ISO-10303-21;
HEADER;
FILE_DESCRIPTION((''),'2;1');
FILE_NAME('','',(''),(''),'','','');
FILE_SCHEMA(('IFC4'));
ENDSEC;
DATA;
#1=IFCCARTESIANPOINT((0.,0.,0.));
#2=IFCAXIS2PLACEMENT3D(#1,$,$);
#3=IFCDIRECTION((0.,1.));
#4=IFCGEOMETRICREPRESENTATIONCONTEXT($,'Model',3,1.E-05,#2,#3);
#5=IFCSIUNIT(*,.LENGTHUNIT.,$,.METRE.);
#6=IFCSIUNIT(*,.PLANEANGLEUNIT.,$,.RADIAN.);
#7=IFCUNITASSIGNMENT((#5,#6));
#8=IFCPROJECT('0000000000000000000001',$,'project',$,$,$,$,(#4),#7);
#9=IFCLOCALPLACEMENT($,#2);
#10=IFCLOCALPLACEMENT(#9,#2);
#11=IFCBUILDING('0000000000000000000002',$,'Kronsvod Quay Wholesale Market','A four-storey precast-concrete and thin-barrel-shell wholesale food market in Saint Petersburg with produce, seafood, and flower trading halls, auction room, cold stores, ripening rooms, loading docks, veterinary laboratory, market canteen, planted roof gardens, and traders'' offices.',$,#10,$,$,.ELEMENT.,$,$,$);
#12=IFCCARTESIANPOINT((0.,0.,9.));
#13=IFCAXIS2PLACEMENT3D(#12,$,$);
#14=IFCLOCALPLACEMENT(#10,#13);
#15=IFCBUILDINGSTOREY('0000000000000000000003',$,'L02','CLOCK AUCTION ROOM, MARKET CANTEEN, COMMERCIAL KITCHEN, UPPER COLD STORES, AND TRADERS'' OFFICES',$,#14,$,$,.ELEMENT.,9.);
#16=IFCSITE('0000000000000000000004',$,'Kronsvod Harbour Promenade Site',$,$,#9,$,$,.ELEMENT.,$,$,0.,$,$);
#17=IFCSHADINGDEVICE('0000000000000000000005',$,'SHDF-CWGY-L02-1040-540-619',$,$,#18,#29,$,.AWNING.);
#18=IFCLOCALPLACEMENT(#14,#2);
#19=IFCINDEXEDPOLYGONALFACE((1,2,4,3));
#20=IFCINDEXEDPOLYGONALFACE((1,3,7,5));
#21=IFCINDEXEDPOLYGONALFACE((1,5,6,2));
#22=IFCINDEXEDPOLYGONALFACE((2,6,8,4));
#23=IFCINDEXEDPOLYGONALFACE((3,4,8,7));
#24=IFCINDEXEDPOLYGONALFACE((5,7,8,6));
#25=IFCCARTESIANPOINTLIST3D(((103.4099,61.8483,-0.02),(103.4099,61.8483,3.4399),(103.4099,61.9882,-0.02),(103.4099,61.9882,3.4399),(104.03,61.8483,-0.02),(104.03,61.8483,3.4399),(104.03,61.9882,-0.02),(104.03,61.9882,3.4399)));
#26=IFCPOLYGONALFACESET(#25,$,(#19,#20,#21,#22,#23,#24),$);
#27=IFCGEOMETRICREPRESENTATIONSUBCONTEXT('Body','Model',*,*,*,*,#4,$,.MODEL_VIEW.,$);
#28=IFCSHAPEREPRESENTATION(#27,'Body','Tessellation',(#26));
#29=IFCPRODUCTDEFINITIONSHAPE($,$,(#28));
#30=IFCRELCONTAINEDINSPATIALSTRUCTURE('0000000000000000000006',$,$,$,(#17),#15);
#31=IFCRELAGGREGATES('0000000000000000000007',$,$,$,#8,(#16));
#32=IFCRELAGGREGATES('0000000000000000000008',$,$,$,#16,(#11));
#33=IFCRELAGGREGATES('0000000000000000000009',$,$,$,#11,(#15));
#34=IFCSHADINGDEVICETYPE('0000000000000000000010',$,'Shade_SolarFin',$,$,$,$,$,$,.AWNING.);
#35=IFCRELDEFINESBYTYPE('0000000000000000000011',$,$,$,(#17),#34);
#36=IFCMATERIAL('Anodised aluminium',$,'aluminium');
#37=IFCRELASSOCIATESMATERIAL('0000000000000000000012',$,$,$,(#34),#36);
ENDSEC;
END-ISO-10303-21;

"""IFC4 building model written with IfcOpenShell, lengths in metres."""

from ifc_helpers import new_model, si_unit, direction, frame, origin, origin_2d, place, context, subcontext, project, spatial, rectangle, extrude, material, type_object, element, save


model = new_model("IFC4")

# Units and contexts
model_context = context("Model", 3, precision=1e-05, world=origin(), true_north=direction((0.0, 1.0)))
body_context = subcontext(model_context, "Body", "Model", "MODEL_VIEW")
ifc_project = project(units=[si_unit("LENGTHUNIT", "METRE"), si_unit("PLANEANGLEUNIT", "RADIAN")], contexts=[model_context])

# Site, building, storey
site_placement = place(None, origin())
site = spatial("IfcSite", under=ifc_project, at=site_placement, Name="Kronsvod Harbour Promenade Site", CompositionType="ELEMENT", RefElevation=0.0)
building_placement = place(site_placement, origin())
building = spatial("IfcBuilding", under=site, at=building_placement, Name="Kronsvod Quay Wholesale Market", Description="A four-storey precast-concrete and thin-barrel-shell wholesale food market in Saint Petersburg with produce, seafood, and flower trading halls, auction room, cold stores, ripening rooms, loading docks, veterinary laboratory, market canteen, planted roof gardens, and traders' offices.", CompositionType="ELEMENT")
storey_placement = place(building_placement, frame((0.0, 0.0, 9.0)))
storey = spatial("IfcBuildingStorey", under=building, at=storey_placement, Name="L02", Description="CLOCK AUCTION ROOM, MARKET CANTEEN, COMMERCIAL KITCHEN, UPPER COLD STORES, AND TRADERS' OFFICES", CompositionType="ELEMENT", Elevation=9.0)

# Shading device
ifc_material_1 = material(Name="Anodised aluminium", Category="aluminium")
shading_device_type = type_object("IfcShadingDeviceType", Name="Shade_SolarFin", PredefinedType="AWNING", material=ifc_material_1)
for number, where, z_axis, x_axis, name in (
    (1, (103.72, 61.9182, -0.02), (0.0, 0.0, 1.0), (1.0, 0.0, 0.0), "SHDF-CWGY-L02-1040-540-619"),
):
    element("IfcShadingDevice", number, at=place(storey_placement, frame(where, z_axis=z_axis, x_axis=x_axis)), inside=storey, type_object=shading_device_type, Name=name, PredefinedType="AWNING", context=body_context, shape_type="SweptSolid", body=[
        extrude(rectangle(XDim=0.6201, YDim=0.1399, at=origin_2d()), origin(), (0.0, 0.0, 1.0), 3.46),
    ])

save(model, "model.ifc")
